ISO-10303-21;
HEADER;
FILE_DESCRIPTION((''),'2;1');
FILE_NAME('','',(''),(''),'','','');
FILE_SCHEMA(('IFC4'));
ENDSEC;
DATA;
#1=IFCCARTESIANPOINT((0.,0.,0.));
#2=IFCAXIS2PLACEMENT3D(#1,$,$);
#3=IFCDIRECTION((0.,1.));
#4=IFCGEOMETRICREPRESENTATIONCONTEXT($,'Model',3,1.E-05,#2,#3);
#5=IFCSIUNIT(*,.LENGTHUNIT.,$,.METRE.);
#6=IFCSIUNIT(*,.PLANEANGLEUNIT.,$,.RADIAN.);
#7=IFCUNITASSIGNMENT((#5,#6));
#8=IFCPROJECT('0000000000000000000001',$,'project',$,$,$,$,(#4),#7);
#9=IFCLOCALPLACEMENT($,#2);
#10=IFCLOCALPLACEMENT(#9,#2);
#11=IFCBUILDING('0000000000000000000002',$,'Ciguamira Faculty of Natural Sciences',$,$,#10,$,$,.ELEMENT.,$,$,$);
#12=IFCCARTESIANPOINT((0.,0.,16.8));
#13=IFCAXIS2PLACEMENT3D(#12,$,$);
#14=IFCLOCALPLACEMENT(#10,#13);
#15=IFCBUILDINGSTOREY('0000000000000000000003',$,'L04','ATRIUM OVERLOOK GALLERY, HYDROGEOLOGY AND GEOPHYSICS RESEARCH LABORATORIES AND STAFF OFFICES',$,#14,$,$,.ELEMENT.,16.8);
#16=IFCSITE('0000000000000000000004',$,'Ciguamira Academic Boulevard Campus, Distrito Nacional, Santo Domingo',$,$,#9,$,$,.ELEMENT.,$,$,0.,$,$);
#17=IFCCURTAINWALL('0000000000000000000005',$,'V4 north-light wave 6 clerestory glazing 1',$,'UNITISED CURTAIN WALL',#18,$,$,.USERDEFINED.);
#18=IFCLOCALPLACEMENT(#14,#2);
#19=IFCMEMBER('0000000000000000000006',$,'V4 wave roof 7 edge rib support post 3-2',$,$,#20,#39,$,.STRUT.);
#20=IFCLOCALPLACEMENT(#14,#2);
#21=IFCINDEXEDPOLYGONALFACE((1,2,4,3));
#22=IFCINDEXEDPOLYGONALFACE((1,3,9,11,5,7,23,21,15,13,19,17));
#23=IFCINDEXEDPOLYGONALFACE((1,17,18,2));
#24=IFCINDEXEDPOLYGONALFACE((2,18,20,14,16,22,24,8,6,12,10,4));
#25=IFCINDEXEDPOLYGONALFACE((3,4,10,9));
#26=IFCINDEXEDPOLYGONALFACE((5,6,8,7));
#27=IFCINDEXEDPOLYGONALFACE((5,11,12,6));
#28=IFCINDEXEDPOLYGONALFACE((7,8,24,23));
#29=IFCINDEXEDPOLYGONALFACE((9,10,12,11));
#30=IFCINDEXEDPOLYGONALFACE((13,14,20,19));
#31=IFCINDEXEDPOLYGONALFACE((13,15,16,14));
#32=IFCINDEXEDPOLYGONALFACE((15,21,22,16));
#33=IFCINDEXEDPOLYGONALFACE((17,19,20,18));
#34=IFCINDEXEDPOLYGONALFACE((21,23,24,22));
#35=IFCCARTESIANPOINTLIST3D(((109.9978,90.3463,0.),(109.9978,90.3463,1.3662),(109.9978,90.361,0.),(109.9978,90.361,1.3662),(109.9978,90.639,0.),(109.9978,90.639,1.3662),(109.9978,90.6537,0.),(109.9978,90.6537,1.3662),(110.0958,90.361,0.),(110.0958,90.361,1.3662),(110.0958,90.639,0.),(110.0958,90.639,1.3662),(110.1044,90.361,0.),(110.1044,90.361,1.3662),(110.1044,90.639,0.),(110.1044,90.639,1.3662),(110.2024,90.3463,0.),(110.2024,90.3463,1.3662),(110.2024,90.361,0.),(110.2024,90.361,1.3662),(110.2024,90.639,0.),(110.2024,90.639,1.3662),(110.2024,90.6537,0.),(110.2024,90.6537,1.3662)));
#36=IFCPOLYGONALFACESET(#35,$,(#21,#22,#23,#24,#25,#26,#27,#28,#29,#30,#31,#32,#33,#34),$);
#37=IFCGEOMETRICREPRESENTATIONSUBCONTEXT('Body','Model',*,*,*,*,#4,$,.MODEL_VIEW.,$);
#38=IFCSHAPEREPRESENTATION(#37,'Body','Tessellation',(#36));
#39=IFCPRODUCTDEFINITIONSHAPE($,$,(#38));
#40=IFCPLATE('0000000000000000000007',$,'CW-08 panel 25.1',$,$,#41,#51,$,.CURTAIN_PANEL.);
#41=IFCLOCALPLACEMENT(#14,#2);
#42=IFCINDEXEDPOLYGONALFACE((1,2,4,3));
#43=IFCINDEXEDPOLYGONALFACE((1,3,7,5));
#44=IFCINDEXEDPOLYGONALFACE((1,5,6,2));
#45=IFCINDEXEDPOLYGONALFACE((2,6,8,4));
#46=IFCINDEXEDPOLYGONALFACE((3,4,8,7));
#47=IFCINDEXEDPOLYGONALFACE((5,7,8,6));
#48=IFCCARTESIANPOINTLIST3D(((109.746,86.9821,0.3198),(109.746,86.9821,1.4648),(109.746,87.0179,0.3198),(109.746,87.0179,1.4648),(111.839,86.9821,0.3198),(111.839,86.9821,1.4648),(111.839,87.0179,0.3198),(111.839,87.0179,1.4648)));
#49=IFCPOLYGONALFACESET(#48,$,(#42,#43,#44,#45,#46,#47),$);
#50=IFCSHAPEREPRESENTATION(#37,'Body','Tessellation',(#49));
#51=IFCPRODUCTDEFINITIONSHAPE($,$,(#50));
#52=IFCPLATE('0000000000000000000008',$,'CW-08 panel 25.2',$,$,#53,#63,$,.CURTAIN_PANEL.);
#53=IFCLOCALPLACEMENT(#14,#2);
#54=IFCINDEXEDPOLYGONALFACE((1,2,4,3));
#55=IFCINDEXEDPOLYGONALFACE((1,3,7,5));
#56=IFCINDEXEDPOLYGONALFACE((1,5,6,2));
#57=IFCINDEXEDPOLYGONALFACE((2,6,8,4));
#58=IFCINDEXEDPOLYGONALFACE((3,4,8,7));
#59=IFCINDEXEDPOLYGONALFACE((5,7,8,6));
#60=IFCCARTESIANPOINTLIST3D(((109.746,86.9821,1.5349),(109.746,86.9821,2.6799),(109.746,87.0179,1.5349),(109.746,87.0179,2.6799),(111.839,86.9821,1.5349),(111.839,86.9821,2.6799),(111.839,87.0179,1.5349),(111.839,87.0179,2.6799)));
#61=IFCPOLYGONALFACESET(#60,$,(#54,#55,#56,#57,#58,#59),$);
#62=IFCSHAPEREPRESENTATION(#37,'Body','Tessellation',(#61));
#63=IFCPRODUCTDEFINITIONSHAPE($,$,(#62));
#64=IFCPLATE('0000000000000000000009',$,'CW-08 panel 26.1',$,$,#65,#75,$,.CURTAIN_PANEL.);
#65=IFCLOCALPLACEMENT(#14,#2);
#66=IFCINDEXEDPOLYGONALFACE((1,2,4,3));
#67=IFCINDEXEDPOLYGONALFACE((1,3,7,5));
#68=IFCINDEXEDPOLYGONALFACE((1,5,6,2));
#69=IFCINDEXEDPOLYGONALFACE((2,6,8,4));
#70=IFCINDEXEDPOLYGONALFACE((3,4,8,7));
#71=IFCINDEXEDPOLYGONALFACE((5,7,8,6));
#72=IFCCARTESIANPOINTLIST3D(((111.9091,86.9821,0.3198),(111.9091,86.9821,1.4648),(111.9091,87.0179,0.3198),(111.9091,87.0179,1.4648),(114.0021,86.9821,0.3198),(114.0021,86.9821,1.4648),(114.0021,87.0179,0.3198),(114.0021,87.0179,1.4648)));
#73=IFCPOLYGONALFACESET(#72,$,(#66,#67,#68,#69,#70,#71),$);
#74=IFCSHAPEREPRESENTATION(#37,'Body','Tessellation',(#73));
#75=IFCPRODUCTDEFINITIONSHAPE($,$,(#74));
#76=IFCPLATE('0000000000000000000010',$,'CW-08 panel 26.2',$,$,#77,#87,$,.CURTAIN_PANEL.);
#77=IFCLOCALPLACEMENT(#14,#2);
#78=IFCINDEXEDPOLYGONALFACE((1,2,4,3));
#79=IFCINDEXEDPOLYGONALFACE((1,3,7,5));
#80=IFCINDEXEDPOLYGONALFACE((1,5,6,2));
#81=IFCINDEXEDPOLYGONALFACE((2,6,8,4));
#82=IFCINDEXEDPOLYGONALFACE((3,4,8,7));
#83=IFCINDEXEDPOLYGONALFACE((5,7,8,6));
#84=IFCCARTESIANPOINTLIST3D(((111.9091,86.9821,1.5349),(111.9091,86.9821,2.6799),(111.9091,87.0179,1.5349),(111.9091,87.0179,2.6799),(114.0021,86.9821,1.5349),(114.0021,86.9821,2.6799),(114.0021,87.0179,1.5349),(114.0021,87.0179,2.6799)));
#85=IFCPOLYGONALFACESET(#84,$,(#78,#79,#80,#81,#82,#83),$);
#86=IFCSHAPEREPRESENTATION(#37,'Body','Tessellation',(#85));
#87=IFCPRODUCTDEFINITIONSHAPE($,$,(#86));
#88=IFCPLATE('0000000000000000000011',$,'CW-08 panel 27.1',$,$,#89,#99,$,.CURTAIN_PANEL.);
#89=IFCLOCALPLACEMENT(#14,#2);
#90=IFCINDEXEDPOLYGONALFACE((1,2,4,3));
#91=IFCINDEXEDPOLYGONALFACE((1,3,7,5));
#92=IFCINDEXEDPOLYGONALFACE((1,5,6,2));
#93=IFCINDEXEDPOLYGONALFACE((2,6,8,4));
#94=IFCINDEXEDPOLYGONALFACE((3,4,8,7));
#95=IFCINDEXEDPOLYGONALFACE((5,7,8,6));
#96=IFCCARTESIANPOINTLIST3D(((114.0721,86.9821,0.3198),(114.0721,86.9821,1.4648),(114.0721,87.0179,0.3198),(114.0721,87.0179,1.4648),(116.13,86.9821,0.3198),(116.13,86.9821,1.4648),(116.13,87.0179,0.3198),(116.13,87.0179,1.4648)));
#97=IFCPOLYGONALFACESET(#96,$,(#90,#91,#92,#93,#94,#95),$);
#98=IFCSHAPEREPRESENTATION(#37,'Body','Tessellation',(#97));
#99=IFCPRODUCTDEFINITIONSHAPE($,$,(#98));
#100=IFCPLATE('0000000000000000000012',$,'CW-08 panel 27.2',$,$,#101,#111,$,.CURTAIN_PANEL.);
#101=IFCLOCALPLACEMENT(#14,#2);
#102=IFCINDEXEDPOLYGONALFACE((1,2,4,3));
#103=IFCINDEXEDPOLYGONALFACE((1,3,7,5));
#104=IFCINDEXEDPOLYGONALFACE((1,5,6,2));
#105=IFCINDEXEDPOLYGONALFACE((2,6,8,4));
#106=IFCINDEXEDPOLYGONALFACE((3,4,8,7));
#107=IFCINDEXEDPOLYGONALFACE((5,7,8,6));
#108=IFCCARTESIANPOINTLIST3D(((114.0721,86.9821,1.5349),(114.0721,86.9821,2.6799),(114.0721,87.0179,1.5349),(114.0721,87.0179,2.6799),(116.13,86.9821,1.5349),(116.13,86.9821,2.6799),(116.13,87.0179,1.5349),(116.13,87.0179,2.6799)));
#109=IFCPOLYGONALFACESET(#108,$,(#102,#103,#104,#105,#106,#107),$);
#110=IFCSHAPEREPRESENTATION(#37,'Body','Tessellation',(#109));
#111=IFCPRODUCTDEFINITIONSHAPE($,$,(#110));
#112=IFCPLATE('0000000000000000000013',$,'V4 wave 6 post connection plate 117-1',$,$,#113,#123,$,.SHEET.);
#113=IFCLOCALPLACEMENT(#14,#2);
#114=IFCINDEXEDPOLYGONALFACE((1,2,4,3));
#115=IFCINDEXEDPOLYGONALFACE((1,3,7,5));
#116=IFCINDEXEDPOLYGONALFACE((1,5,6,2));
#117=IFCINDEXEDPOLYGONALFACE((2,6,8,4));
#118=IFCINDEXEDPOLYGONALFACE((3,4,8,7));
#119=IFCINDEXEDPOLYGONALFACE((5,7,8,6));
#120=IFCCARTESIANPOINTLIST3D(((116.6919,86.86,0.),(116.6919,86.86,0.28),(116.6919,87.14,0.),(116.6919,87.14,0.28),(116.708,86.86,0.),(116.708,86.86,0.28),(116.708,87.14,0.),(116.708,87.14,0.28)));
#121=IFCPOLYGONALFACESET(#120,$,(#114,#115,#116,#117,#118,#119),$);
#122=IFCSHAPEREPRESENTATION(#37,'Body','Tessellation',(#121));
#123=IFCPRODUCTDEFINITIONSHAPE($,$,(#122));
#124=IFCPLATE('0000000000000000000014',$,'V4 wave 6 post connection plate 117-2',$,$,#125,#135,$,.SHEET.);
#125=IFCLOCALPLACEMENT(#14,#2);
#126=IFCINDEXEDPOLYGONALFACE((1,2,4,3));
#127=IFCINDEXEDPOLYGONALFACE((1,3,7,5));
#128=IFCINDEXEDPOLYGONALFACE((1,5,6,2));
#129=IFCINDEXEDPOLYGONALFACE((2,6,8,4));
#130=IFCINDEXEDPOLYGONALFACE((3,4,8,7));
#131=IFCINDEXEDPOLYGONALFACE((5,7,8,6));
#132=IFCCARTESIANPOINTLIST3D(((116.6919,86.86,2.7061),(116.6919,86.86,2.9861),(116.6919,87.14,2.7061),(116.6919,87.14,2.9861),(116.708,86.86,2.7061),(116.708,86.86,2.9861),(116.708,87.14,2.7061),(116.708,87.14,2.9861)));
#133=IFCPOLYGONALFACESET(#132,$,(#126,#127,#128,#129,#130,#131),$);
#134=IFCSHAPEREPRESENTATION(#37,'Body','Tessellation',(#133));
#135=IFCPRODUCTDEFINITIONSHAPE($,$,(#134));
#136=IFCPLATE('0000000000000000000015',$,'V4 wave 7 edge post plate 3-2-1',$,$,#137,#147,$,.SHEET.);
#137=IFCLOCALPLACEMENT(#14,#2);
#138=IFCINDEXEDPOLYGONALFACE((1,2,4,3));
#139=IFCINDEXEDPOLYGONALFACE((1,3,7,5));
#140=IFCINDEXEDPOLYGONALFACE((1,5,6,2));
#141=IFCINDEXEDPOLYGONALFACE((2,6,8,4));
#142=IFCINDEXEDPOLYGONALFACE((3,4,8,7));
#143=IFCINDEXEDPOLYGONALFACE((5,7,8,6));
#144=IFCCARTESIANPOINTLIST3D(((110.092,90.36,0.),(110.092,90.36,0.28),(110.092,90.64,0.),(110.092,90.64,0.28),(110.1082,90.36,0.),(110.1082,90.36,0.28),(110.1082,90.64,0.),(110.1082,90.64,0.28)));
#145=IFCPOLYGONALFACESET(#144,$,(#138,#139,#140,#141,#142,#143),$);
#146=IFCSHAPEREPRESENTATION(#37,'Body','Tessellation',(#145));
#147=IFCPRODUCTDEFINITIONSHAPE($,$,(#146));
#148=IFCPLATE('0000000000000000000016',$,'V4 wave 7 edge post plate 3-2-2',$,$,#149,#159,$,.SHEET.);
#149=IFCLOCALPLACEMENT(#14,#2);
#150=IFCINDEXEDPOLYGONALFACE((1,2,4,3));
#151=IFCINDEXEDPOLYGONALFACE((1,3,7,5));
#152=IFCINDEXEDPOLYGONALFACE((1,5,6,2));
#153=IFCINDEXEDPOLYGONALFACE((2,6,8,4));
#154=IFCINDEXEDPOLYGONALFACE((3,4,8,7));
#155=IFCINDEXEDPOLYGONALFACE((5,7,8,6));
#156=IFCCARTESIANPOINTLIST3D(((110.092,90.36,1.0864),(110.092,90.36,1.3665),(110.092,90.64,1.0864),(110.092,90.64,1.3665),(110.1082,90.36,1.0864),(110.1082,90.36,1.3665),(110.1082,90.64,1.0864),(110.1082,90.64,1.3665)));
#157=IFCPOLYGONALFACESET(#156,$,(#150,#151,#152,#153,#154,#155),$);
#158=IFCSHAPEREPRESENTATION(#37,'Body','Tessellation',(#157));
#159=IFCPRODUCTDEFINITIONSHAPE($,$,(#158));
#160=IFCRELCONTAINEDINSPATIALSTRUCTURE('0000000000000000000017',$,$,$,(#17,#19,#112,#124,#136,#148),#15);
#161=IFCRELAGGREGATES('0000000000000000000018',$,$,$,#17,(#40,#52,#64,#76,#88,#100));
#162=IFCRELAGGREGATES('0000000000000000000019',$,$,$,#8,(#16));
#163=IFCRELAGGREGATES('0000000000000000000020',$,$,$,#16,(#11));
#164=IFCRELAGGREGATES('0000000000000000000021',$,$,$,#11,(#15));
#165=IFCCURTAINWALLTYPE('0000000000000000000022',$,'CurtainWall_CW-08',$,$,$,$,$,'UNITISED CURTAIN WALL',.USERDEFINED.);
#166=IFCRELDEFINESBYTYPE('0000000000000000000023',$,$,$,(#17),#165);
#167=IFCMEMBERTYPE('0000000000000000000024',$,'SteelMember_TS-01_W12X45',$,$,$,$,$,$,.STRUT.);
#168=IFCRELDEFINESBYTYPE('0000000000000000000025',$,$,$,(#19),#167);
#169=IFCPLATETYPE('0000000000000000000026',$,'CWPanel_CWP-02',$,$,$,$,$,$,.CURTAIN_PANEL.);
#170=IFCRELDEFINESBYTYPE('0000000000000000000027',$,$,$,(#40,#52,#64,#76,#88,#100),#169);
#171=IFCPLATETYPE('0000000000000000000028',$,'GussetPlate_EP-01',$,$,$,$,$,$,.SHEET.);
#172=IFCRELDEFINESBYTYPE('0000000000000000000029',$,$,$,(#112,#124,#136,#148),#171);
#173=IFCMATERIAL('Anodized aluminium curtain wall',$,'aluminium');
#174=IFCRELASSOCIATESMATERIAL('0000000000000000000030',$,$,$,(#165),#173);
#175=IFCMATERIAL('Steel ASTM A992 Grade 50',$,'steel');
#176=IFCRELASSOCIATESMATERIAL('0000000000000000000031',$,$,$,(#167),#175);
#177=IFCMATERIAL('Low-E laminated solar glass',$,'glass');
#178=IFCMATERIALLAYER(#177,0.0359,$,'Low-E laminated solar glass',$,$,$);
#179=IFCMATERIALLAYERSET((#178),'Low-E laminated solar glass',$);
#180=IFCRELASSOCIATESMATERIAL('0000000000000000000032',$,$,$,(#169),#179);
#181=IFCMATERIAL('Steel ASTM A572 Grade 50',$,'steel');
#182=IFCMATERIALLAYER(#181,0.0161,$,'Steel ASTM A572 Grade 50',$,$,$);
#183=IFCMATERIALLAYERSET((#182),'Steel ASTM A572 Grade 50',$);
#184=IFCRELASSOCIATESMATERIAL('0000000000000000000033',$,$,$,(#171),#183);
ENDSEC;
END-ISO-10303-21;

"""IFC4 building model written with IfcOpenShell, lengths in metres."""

from ifc_helpers import new_model, si_unit, direction, frame, origin, origin_2d, place, context, subcontext, project, spatial, rectangle, i_section, extrude, material, layer, layer_set, material_profile, profile_set, type_object, element, aggregate, save


model = new_model("IFC4")

# Units and contexts
model_context = context("Model", 3, precision=1e-05, world=origin(), true_north=direction((0.0, 1.0)))
body_context = subcontext(model_context, "Body", "Model", "MODEL_VIEW")
ifc_project = project(units=[si_unit("LENGTHUNIT", "METRE"), si_unit("PLANEANGLEUNIT", "RADIAN")], contexts=[model_context])

# Site, building, storey
site_placement = place(None, origin())
site = spatial("IfcSite", under=ifc_project, at=site_placement, Name="Ciguamira Academic Boulevard Campus, Distrito Nacional, Santo Domingo", CompositionType="ELEMENT", RefElevation=0.0)
building_placement = place(site_placement, origin())
building = spatial("IfcBuilding", under=site, at=building_placement, Name="Ciguamira Faculty of Natural Sciences", CompositionType="ELEMENT")
storey_placement = place(building_placement, frame((0.0, 0.0, 16.8)))
storey = spatial("IfcBuildingStorey", under=building, at=storey_placement, Name="L04", Description="ATRIUM OVERLOOK GALLERY, HYDROGEOLOGY AND GEOPHYSICS RESEARCH LABORATORIES AND STAFF OFFICES", CompositionType="ELEMENT", Elevation=16.8)

# Curtain wall
ifc_material_1 = material(Name="Anodized aluminium curtain wall", Category="aluminium")
curtain_wall_type = type_object("IfcCurtainWallType", Name="CurtainWall_CW-08", ElementType="UNITISED CURTAIN WALL", PredefinedType="USERDEFINED", material=ifc_material_1)
curtain_wall_placement = place(storey_placement, origin())
curtain_wall = element("IfcCurtainWall", 1, at=curtain_wall_placement, inside=storey, type_object=curtain_wall_type, Name="V4 north-light wave 6 clerestory glazing 1", ObjectType="UNITISED CURTAIN WALL", PredefinedType="USERDEFINED")

# Member
ifc_material_2 = material(Name="Steel ASTM A992 Grade 50", Category="steel")
ifc_material_profile_1 = material_profile(ifc_material_2, i_section(OverallWidth=0.2046, OverallDepth=0.3074, WebThickness=0.0085, FlangeThickness=0.0146, at=origin_2d()), Name="W12X45")
ifc_profile_set_1 = profile_set([ifc_material_profile_1], Name="Steel ASTM A992 Grade 50")
member_type_1 = type_object("IfcMemberType", Name="SteelMember_TS-01_W12X45", PredefinedType="STRUT", material=ifc_profile_set_1)
member_1_placement = place(storey_placement, frame((110.1001, 90.5, 0.0), z_axis=(0.0, 0.0, 1.0), x_axis=(1.0, 0.0, 0.0)))
element("IfcMember", 2, at=member_1_placement, inside=storey, type_object=member_type_1, Name="V4 wave roof 7 edge rib support post 3-2", PredefinedType="STRUT", context=body_context, shape_type="SweptSolid", body=[
    extrude(i_section(OverallWidth=0.2046, OverallDepth=0.3074, WebThickness=0.0085, FlangeThickness=0.0146, at=origin_2d()), origin(), (0.0, 0.0, 1.0), 1.3662),
])

# Plates
ifc_material_3 = material(Name="Low-E laminated solar glass", Category="glass")
ifc_layer_1 = layer(ifc_material_3, 0.0359, Name="Low-E laminated solar glass")
ifc_layer_set_1 = layer_set([ifc_layer_1], Name="Low-E laminated solar glass")
plate_type_1 = type_object("IfcPlateType", Name="CWPanel_CWP-02", PredefinedType="CURTAIN_PANEL", material=ifc_layer_set_1)
plate_1_placement = place(storey_placement, frame((110.7925, 87.0, 0.3198), z_axis=(0.0, 0.0, 1.0), x_axis=(1.0, 0.0, 0.0)))
plate_1 = element("IfcPlate", 3, at=plate_1_placement, type_object=plate_type_1, Name="CW-08 panel 25.1", PredefinedType="CURTAIN_PANEL", context=body_context, shape_type="SweptSolid", body=[
    extrude(rectangle(XDim=2.093, YDim=0.0359, at=origin_2d()), origin(), (0.0, 0.0, 1.0), 1.145),
])
plate_2_placement = place(storey_placement, frame((110.7925, 87.0, 1.5349), z_axis=(0.0, 0.0, 1.0), x_axis=(1.0, 0.0, 0.0)))
plate_2 = element("IfcPlate", 4, at=plate_2_placement, type_object=plate_type_1, Name="CW-08 panel 25.2", PredefinedType="CURTAIN_PANEL", context=body_context, shape_type="SweptSolid", body=[
    extrude(rectangle(XDim=2.093, YDim=0.0359, at=origin_2d()), origin(), (0.0, 0.0, 1.0), 1.145),
])
plate_3_placement = place(storey_placement, frame((112.9556, 87.0, 0.3198), z_axis=(0.0, 0.0, 1.0), x_axis=(1.0, 0.0, 0.0)))
plate_3 = element("IfcPlate", 5, at=plate_3_placement, type_object=plate_type_1, Name="CW-08 panel 26.1", PredefinedType="CURTAIN_PANEL", context=body_context, shape_type="SweptSolid", body=[
    extrude(rectangle(XDim=2.093, YDim=0.0359, at=origin_2d()), origin(), (0.0, 0.0, 1.0), 1.145),
])
plate_4_placement = place(storey_placement, frame((112.9556, 87.0, 1.5349), z_axis=(0.0, 0.0, 1.0), x_axis=(1.0, 0.0, 0.0)))
plate_4 = element("IfcPlate", 6, at=plate_4_placement, type_object=plate_type_1, Name="CW-08 panel 26.2", PredefinedType="CURTAIN_PANEL", context=body_context, shape_type="SweptSolid", body=[
    extrude(rectangle(XDim=2.093, YDim=0.0359, at=origin_2d()), origin(), (0.0, 0.0, 1.0), 1.145),
])
plate_5_placement = place(storey_placement, frame((115.1011, 87.0, 0.3198), z_axis=(0.0, 0.0, 1.0), x_axis=(1.0, 0.0, 0.0)))
plate_5 = element("IfcPlate", 7, at=plate_5_placement, type_object=plate_type_1, Name="CW-08 panel 27.1", PredefinedType="CURTAIN_PANEL", context=body_context, shape_type="SweptSolid", body=[
    extrude(rectangle(XDim=2.0579, YDim=0.0359, at=origin_2d()), origin(), (0.0, 0.0, 1.0), 1.145),
])
plate_6_placement = place(storey_placement, frame((115.1011, 87.0, 1.5349), z_axis=(0.0, 0.0, 1.0), x_axis=(1.0, 0.0, 0.0)))
plate_6 = element("IfcPlate", 8, at=plate_6_placement, type_object=plate_type_1, Name="CW-08 panel 27.2", PredefinedType="CURTAIN_PANEL", context=body_context, shape_type="SweptSolid", body=[
    extrude(rectangle(XDim=2.0579, YDim=0.0359, at=origin_2d()), origin(), (0.0, 0.0, 1.0), 1.145),
])
aggregate(curtain_wall, [plate_1, plate_2, plate_3, plate_4, plate_5, plate_6])

# Plates
ifc_material_4 = material(Name="Steel ASTM A572 Grade 50", Category="steel")
ifc_layer_2 = layer(ifc_material_4, 0.0161, Name="Steel ASTM A572 Grade 50")
ifc_layer_set_2 = layer_set([ifc_layer_2], Name="Steel ASTM A572 Grade 50")
plate_type_2 = type_object("IfcPlateType", Name="GussetPlate_EP-01", PredefinedType="SHEET", material=ifc_layer_set_2)
for number, where, z_axis, x_axis, name in (
    (9, (116.7, 87.0, 0.0), (0.0, 0.0, 1.0), (1.0, 0.0, 0.0), "V4 wave 6 post connection plate 117-1"),
    (10, (116.7, 87.0, 2.7061), (0.0, 0.0, 1.0), (1.0, 0.0, 0.0), "V4 wave 6 post connection plate 117-2"),
    (11, (110.1001, 90.5, 0.0), (0.0, 0.0, 1.0), (1.0, 0.0, 0.0), "V4 wave 7 edge post plate 3-2-1"),
    (12, (110.1001, 90.5, 1.0864), (0.0, 0.0, 1.0), (1.0, 0.0, 0.0), "V4 wave 7 edge post plate 3-2-2"),
):
    element("IfcPlate", number, at=place(storey_placement, frame(where, z_axis=z_axis, x_axis=x_axis)), inside=storey, type_object=plate_type_2, Name=name, PredefinedType="SHEET", context=body_context, shape_type="SweptSolid", body=[
        extrude(rectangle(XDim=0.0161, YDim=0.28, at=origin_2d()), origin(), (0.0, 0.0, 1.0), 0.28),
    ])

save(model, "model.ifc")
